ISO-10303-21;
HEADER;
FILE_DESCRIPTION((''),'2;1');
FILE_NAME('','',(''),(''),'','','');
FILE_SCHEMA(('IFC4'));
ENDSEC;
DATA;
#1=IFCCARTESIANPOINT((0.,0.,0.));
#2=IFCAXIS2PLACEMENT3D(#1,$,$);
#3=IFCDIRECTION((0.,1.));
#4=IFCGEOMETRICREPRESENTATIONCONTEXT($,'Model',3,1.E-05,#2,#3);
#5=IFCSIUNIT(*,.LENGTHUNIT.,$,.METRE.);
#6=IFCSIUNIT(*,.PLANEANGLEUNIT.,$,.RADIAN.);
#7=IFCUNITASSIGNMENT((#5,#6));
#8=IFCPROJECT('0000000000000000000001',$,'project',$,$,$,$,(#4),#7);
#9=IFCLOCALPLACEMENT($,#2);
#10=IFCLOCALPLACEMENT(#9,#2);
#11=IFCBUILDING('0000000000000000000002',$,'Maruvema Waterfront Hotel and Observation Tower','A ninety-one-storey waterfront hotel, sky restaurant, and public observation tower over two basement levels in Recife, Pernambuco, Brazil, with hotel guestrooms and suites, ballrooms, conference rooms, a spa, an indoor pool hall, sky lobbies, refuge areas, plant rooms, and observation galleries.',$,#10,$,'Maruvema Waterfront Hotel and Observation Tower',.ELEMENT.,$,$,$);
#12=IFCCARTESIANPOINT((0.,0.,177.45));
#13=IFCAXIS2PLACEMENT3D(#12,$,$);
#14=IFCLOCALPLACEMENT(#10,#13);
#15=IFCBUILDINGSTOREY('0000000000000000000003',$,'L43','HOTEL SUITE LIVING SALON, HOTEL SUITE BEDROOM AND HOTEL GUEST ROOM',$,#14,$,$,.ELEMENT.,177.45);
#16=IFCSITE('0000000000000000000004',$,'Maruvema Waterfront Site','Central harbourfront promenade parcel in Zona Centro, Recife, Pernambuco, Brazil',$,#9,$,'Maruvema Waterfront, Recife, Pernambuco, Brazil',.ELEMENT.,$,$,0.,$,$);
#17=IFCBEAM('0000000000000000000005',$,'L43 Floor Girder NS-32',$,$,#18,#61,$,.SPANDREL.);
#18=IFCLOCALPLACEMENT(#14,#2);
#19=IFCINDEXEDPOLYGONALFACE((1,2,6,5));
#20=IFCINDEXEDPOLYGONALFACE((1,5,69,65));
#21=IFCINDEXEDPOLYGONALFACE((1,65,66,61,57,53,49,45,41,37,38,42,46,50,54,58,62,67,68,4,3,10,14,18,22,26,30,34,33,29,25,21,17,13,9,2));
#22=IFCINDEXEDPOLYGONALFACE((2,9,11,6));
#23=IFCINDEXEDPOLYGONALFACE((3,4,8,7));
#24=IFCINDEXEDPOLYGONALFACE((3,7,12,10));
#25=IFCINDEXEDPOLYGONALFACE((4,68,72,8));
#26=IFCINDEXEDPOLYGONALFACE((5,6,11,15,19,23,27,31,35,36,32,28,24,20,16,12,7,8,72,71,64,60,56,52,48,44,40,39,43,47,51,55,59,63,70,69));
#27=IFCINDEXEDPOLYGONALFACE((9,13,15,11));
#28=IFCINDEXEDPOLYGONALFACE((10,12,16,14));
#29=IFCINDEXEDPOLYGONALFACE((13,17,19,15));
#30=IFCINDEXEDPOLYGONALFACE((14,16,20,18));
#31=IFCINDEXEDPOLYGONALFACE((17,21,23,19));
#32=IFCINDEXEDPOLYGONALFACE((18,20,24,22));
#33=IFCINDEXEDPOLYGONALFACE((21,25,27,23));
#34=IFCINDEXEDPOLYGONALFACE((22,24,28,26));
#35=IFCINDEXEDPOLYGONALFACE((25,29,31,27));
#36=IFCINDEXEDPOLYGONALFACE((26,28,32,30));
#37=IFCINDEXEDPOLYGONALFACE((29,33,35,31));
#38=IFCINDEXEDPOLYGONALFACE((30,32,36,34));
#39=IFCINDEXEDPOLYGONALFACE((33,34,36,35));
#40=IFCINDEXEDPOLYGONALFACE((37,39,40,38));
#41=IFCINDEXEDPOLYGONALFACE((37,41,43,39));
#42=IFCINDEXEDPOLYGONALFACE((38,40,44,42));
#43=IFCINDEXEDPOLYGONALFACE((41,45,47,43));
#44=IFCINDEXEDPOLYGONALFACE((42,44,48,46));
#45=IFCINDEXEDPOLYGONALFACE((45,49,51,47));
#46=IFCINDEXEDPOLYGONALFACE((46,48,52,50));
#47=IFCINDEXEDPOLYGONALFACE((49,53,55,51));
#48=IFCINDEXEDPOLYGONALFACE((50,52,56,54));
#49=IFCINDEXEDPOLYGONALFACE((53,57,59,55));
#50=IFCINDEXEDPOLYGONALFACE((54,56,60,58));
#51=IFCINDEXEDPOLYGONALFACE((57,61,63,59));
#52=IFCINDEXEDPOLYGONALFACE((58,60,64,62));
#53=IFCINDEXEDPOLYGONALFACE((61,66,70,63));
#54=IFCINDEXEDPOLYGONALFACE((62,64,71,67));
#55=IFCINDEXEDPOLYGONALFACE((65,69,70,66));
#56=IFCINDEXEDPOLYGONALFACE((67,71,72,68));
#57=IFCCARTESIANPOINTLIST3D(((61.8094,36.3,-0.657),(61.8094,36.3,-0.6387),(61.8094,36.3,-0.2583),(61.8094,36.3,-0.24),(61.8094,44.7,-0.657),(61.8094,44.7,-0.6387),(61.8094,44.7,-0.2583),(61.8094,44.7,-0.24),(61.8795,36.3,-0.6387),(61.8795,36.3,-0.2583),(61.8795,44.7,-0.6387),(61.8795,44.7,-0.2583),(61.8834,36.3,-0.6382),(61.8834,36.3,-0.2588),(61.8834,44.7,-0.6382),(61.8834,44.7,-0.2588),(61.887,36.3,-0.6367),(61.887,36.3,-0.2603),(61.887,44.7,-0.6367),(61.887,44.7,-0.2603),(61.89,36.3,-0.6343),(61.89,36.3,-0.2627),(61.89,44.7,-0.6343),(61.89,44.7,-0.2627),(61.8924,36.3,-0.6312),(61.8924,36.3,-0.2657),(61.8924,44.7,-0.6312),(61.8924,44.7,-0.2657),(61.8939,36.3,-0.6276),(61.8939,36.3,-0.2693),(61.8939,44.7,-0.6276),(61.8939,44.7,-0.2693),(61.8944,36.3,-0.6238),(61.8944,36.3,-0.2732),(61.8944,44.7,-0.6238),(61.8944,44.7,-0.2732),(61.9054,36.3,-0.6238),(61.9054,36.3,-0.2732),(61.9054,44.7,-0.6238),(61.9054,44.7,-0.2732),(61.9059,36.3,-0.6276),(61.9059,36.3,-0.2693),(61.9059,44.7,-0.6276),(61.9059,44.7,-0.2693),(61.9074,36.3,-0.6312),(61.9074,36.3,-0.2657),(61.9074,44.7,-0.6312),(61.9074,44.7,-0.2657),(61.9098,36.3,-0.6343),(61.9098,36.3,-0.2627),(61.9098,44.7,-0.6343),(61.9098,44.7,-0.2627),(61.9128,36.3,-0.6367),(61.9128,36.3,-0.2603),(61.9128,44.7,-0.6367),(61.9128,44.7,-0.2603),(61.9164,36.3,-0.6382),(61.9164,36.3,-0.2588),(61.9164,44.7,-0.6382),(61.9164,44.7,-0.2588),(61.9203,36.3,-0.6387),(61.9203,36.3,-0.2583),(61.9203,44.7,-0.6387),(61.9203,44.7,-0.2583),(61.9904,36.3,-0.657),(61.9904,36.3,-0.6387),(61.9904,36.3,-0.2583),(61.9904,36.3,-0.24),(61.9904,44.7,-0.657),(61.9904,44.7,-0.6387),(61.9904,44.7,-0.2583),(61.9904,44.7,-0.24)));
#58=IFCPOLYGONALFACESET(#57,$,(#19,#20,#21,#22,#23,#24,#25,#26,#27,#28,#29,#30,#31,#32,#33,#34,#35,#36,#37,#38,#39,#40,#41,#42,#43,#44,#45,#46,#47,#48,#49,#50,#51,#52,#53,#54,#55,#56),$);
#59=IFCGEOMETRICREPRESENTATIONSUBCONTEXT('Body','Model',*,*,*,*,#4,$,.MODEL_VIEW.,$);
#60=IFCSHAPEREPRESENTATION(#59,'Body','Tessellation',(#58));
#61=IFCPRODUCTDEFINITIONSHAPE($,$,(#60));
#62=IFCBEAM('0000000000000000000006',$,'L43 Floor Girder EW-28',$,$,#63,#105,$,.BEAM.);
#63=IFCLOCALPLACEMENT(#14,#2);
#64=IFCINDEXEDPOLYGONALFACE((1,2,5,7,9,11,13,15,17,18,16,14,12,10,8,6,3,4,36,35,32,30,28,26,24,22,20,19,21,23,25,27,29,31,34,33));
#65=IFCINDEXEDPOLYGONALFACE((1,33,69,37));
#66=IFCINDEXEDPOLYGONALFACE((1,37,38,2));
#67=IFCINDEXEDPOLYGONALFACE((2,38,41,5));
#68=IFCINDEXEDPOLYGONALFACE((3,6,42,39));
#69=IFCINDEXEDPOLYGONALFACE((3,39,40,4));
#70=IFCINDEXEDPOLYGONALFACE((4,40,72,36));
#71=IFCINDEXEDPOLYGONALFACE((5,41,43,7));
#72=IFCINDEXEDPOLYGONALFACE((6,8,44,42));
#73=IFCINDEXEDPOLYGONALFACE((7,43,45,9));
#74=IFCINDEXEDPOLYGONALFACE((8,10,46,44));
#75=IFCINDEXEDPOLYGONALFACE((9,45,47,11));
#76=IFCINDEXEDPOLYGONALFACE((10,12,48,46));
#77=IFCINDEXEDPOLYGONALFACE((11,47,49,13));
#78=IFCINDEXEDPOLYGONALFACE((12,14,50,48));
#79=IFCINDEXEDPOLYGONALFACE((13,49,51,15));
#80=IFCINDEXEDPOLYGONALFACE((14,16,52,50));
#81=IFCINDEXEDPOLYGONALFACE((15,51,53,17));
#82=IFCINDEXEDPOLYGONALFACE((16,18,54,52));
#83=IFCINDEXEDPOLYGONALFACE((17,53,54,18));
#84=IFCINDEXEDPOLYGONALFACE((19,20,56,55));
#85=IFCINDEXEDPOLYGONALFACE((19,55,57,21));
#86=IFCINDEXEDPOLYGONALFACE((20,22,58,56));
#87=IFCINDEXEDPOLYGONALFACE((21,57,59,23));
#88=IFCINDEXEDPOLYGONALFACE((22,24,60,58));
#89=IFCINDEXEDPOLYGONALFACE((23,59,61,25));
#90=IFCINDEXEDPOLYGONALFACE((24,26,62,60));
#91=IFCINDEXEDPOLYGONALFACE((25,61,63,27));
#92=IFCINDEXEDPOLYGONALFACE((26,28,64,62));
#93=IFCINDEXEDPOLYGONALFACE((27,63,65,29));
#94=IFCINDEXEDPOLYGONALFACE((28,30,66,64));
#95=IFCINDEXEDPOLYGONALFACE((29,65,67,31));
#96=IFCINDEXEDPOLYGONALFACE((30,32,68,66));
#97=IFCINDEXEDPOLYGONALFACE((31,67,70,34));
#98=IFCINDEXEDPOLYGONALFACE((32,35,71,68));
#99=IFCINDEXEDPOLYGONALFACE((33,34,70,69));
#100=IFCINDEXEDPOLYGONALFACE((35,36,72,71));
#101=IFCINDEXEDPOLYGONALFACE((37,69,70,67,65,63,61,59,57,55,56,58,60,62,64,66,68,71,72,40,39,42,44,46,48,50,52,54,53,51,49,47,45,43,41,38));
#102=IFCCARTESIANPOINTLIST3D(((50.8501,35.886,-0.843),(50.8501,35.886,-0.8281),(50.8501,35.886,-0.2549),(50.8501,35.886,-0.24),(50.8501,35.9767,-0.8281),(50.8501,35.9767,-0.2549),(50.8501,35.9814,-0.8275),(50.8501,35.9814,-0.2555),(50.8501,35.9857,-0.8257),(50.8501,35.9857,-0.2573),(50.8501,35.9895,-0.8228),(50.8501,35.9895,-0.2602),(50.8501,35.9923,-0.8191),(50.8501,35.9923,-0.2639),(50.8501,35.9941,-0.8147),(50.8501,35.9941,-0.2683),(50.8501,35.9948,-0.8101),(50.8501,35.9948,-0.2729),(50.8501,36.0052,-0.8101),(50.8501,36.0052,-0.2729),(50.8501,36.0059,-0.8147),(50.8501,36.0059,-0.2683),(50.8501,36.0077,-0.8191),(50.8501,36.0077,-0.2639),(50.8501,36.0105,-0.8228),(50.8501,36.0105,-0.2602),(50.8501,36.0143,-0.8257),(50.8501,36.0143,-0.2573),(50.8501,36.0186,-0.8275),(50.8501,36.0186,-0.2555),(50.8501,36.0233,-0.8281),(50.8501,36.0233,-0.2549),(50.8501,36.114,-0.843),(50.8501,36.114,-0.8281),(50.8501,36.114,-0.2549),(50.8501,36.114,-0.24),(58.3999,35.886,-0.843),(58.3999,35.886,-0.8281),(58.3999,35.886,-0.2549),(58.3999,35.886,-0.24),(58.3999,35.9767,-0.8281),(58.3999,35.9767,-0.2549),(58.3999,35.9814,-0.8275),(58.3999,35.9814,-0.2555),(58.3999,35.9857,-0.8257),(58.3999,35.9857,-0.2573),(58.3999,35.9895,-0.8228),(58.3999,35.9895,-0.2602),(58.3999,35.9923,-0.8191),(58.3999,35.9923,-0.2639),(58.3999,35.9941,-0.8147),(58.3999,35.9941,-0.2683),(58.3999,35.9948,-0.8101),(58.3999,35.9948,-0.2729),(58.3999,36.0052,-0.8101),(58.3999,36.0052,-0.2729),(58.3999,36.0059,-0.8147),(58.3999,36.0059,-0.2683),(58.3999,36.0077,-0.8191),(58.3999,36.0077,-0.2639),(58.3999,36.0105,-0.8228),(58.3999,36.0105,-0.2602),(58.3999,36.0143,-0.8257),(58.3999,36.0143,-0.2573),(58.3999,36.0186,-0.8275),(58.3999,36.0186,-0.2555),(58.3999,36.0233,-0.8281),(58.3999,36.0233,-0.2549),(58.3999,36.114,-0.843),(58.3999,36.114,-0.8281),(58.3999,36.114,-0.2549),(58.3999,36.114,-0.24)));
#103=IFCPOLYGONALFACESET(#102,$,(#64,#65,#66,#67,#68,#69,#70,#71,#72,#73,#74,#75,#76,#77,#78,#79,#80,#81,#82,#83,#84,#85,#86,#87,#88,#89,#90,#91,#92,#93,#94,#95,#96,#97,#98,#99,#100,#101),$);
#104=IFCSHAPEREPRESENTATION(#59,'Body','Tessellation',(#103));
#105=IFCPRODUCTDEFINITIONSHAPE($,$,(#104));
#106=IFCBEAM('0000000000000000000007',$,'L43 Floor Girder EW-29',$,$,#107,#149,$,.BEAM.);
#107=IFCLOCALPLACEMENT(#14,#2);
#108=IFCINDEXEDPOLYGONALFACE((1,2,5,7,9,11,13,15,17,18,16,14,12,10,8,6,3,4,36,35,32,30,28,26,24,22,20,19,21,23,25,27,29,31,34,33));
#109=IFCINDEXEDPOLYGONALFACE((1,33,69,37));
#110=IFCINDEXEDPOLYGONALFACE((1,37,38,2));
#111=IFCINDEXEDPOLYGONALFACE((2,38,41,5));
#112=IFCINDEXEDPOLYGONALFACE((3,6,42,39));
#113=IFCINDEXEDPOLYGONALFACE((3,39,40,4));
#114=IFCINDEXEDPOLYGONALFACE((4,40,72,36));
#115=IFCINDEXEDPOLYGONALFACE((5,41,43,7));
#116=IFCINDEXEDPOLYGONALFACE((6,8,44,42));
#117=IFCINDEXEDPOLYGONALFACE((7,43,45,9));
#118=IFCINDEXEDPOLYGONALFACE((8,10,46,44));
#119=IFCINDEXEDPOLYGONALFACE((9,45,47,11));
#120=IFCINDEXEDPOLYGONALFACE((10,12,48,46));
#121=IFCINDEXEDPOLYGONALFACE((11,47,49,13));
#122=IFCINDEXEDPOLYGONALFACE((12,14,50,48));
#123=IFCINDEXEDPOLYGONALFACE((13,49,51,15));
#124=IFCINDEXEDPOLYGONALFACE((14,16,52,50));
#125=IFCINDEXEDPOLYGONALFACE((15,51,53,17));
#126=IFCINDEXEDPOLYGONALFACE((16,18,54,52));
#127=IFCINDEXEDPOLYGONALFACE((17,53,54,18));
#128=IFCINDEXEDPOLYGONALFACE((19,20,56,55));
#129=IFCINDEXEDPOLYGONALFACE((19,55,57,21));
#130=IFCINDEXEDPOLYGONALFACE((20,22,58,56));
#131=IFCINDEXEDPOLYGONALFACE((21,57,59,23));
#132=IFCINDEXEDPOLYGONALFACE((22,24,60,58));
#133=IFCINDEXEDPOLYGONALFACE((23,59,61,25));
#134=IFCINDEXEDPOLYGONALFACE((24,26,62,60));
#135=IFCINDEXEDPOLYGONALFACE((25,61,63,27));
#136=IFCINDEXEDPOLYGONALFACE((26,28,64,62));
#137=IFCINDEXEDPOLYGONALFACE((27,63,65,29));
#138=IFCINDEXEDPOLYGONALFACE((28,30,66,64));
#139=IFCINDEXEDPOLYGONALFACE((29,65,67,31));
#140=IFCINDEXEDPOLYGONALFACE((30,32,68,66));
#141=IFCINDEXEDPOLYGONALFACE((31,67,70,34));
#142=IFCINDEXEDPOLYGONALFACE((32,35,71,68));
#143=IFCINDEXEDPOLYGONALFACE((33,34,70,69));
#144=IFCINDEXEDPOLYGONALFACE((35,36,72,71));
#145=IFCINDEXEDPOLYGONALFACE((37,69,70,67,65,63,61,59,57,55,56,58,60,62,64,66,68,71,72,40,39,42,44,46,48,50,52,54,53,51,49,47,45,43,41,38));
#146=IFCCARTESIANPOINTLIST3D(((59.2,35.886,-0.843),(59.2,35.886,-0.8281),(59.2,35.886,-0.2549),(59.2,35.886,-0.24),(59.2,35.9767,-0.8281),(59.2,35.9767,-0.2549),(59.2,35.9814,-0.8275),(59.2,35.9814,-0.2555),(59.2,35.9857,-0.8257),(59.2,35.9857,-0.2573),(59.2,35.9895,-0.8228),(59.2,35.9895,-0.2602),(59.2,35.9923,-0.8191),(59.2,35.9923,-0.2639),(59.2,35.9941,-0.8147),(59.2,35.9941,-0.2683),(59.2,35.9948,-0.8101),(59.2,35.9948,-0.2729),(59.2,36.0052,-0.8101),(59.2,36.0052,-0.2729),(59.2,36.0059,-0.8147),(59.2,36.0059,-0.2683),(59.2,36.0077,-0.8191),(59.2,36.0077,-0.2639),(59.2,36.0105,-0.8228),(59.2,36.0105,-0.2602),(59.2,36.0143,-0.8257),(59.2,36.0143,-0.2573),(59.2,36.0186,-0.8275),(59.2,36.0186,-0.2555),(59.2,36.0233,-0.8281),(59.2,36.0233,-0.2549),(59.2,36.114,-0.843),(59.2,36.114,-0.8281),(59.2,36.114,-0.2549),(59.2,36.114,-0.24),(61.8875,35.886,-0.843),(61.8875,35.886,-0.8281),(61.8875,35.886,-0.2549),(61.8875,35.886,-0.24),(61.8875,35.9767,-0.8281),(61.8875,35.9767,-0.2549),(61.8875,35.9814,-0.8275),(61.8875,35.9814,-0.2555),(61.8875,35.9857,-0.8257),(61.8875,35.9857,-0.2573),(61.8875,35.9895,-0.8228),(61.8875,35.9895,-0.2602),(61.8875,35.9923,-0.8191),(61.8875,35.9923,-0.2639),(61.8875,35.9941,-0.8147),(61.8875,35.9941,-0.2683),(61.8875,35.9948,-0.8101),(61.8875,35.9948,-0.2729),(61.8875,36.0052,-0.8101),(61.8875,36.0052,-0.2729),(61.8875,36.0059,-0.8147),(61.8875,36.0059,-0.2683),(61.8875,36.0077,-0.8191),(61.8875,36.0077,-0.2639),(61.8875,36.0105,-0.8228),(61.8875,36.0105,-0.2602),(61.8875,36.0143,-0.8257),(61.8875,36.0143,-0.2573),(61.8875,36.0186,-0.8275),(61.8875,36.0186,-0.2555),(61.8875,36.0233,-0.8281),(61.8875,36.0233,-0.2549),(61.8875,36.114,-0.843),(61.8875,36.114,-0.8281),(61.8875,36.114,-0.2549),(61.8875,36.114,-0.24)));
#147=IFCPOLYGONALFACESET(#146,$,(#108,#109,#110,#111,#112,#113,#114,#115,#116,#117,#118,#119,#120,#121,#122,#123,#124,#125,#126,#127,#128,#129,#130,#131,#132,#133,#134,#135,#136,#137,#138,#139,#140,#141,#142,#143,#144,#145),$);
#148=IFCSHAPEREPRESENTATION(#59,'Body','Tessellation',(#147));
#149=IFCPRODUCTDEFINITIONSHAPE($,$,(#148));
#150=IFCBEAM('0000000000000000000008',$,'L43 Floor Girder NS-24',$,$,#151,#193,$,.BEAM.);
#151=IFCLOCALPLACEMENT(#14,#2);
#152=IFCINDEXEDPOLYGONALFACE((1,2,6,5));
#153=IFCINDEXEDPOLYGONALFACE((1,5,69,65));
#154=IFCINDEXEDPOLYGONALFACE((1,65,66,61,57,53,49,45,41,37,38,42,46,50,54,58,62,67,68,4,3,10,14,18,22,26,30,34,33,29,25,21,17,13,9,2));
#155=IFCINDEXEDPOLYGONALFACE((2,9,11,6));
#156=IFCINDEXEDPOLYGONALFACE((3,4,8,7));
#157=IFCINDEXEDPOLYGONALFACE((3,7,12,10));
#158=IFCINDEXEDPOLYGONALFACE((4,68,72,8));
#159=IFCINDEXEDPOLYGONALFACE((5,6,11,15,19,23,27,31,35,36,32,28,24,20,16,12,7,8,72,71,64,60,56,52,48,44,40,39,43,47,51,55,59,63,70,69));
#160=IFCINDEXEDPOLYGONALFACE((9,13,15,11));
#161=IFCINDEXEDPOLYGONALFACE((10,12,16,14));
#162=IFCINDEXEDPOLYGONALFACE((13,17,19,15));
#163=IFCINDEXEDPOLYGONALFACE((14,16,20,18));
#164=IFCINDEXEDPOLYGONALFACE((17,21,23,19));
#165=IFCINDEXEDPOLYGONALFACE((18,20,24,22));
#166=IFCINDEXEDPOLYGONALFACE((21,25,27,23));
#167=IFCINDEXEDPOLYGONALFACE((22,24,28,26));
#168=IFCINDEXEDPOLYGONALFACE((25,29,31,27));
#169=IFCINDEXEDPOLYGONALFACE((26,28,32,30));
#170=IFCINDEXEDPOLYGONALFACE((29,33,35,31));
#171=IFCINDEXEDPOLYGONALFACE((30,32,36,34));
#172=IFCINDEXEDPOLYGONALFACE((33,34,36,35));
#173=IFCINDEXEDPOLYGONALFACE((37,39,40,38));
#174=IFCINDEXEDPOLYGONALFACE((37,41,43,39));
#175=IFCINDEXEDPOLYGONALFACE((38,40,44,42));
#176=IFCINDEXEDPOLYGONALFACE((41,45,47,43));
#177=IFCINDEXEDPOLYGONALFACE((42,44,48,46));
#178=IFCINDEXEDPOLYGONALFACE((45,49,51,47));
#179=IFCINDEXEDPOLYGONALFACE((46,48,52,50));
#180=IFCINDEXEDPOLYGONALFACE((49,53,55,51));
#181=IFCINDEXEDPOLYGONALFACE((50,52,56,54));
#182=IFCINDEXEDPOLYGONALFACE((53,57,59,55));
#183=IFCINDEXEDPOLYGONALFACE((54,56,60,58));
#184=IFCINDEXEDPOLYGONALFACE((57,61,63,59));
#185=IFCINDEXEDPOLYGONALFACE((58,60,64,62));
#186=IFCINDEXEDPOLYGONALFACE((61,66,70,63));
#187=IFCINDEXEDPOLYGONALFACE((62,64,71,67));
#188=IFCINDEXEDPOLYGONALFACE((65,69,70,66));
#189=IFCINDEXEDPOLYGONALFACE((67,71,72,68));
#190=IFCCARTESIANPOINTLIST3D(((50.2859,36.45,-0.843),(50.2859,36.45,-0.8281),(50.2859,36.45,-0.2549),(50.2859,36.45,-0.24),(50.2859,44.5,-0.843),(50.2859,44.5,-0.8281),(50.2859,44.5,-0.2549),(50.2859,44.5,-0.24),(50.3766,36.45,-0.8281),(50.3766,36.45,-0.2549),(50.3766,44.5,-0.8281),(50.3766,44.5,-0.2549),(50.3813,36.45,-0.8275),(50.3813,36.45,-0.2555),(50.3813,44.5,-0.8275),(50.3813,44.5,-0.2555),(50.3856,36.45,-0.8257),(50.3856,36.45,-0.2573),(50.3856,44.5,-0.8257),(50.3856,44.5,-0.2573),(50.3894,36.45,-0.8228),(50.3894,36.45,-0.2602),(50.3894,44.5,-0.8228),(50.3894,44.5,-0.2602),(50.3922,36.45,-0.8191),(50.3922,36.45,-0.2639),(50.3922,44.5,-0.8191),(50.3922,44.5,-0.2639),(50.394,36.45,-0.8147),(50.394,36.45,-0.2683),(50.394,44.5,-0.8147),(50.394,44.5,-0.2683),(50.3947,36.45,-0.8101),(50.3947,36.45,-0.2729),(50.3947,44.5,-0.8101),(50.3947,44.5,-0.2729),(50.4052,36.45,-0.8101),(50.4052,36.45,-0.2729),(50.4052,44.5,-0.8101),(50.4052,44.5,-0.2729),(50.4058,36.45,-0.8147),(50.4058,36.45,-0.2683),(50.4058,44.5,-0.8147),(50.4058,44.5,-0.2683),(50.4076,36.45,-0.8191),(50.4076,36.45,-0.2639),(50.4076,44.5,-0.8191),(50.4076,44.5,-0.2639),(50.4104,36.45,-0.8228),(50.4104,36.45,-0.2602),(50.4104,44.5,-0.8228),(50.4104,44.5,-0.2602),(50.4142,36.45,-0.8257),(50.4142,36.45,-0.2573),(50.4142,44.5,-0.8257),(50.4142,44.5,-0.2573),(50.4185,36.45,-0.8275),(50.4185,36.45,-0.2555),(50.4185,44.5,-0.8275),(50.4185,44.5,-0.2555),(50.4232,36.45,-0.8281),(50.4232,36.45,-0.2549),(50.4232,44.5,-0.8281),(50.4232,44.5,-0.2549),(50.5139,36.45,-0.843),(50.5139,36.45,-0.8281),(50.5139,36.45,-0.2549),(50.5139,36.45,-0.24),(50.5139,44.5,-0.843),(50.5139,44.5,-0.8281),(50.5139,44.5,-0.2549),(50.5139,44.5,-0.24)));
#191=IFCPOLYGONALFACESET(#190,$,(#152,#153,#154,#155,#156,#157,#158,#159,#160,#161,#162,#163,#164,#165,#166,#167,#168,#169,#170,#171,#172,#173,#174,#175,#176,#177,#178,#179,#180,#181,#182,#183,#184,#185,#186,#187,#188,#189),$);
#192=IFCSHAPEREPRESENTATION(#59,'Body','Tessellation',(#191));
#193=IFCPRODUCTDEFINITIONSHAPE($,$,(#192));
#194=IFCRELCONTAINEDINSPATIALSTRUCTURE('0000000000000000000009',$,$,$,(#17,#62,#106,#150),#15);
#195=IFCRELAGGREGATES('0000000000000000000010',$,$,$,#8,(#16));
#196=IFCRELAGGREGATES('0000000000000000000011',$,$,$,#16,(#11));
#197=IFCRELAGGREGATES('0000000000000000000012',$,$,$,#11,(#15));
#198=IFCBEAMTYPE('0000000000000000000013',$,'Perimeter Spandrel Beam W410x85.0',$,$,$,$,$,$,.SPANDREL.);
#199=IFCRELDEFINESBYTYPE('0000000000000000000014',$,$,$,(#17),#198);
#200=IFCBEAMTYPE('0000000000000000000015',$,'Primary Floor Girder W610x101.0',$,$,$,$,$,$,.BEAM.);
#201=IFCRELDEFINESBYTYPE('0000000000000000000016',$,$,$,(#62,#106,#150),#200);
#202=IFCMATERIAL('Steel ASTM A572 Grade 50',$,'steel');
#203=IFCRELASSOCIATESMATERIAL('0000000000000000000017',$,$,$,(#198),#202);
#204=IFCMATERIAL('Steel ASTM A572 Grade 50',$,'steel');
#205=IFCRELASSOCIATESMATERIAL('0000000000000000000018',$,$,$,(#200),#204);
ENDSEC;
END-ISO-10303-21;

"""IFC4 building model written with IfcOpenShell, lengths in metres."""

from ifc_helpers import new_model, si_unit, direction, frame, origin, origin_2d, place, context, subcontext, project, spatial, i_section, extrude, material, material_profile, profile_set, type_object, element, save


model = new_model("IFC4")

# Units and contexts
model_context = context("Model", 3, precision=1e-05, world=origin(), true_north=direction((0.0, 1.0)))
body_context = subcontext(model_context, "Body", "Model", "MODEL_VIEW")
ifc_project = project(units=[si_unit("LENGTHUNIT", "METRE"), si_unit("PLANEANGLEUNIT", "RADIAN")], contexts=[model_context])

# Site, building, storey
site_placement = place(None, origin())
site = spatial("IfcSite", under=ifc_project, at=site_placement, Name="Maruvema Waterfront Site", Description="Central harbourfront promenade parcel in Zona Centro, Recife, Pernambuco, Brazil", LongName="Maruvema Waterfront, Recife, Pernambuco, Brazil", CompositionType="ELEMENT", RefElevation=0.0)
building_placement = place(site_placement, origin())
building = spatial("IfcBuilding", under=site, at=building_placement, Name="Maruvema Waterfront Hotel and Observation Tower", Description="A ninety-one-storey waterfront hotel, sky restaurant, and public observation tower over two basement levels in Recife, Pernambuco, Brazil, with hotel guestrooms and suites, ballrooms, conference rooms, a spa, an indoor pool hall, sky lobbies, refuge areas, plant rooms, and observation galleries.", LongName="Maruvema Waterfront Hotel and Observation Tower", CompositionType="ELEMENT")
storey_placement = place(building_placement, frame((0.0, 0.0, 177.45)))
storey = spatial("IfcBuildingStorey", under=building, at=storey_placement, Name="L43", Description="HOTEL SUITE LIVING SALON, HOTEL SUITE BEDROOM AND HOTEL GUEST ROOM", CompositionType="ELEMENT", Elevation=177.45)

# Beams
ifc_material_1 = material(Name="Steel ASTM A572 Grade 50", Category="steel")
ifc_material_profile_1 = material_profile(ifc_material_1, i_section(OverallWidth=0.1809, OverallDepth=0.417, WebThickness=0.011, FlangeThickness=0.0183, FilletRadius=0.0149, at=origin_2d()), Name="W410x85.0")
ifc_profile_set_1 = profile_set([ifc_material_profile_1], Name="Steel ASTM A572 Grade 50")
beam_type_1 = type_object("IfcBeamType", Name="Perimeter Spandrel Beam W410x85.0", PredefinedType="SPANDREL", material=ifc_profile_set_1)
beam_1_placement = place(storey_placement, frame((61.8999, 36.3, -0.4485), z_axis=(0.0, 1.0, 0.0), x_axis=(-1.0, 0.0, 0.0)))
element("IfcBeam", 1, at=beam_1_placement, inside=storey, type_object=beam_type_1, Name="L43 Floor Girder NS-32", PredefinedType="SPANDREL", context=body_context, shape_type="SweptSolid", body=[
    extrude(i_section(OverallWidth=0.1809, OverallDepth=0.417, WebThickness=0.011, FlangeThickness=0.0183, FilletRadius=0.0149, at=origin_2d()), origin(), (0.0, 0.0, 1.0), 8.3999),
])
ifc_material_2 = material(Name="Steel ASTM A572 Grade 50", Category="steel")
ifc_material_profile_2 = material_profile(ifc_material_2, i_section(OverallWidth=0.228, OverallDepth=0.603, WebThickness=0.0105, FlangeThickness=0.0149, FilletRadius=0.0181, at=origin_2d()), Name="W610x101.0")
ifc_profile_set_2 = profile_set([ifc_material_profile_2], Name="Steel ASTM A572 Grade 50")
beam_type_2 = type_object("IfcBeamType", Name="Primary Floor Girder W610x101.0", PredefinedType="BEAM", material=ifc_profile_set_2)
beam_2_placement = place(storey_placement, frame((50.8501, 36.0, -0.5415), z_axis=(1.0, 0.0, 0.0), x_axis=(0.0, 1.0, 0.0)))
element("IfcBeam", 2, at=beam_2_placement, inside=storey, type_object=beam_type_2, Name="L43 Floor Girder EW-28", PredefinedType="BEAM", context=body_context, shape_type="SweptSolid", body=[
    extrude(i_section(OverallWidth=0.228, OverallDepth=0.603, WebThickness=0.0105, FlangeThickness=0.0149, FilletRadius=0.0181, at=origin_2d()), origin(), (0.0, 0.0, 1.0), 7.5498),
])
beam_3_placement = place(storey_placement, frame((59.2, 36.0, -0.5415), z_axis=(1.0, 0.0, 0.0), x_axis=(0.0, 1.0, 0.0)))
element("IfcBeam", 3, at=beam_3_placement, inside=storey, type_object=beam_type_2, Name="L43 Floor Girder EW-29", PredefinedType="BEAM", context=body_context, shape_type="SweptSolid", body=[
    extrude(i_section(OverallWidth=0.228, OverallDepth=0.603, WebThickness=0.0105, FlangeThickness=0.0149, FilletRadius=0.0181, at=origin_2d()), origin(), (0.0, 0.0, 1.0), 2.6875),
])
beam_4_placement = place(storey_placement, frame((50.3999, 36.45, -0.5415), z_axis=(0.0, 1.0, 0.0), x_axis=(-1.0, 0.0, 0.0)))
element("IfcBeam", 4, at=beam_4_placement, inside=storey, type_object=beam_type_2, Name="L43 Floor Girder NS-24", PredefinedType="BEAM", context=body_context, shape_type="SweptSolid", body=[
    extrude(i_section(OverallWidth=0.228, OverallDepth=0.603, WebThickness=0.0105, FlangeThickness=0.0149, FilletRadius=0.0181, at=origin_2d()), origin(), (0.0, 0.0, 1.0), 8.05),
])

save(model, "model.ifc")
